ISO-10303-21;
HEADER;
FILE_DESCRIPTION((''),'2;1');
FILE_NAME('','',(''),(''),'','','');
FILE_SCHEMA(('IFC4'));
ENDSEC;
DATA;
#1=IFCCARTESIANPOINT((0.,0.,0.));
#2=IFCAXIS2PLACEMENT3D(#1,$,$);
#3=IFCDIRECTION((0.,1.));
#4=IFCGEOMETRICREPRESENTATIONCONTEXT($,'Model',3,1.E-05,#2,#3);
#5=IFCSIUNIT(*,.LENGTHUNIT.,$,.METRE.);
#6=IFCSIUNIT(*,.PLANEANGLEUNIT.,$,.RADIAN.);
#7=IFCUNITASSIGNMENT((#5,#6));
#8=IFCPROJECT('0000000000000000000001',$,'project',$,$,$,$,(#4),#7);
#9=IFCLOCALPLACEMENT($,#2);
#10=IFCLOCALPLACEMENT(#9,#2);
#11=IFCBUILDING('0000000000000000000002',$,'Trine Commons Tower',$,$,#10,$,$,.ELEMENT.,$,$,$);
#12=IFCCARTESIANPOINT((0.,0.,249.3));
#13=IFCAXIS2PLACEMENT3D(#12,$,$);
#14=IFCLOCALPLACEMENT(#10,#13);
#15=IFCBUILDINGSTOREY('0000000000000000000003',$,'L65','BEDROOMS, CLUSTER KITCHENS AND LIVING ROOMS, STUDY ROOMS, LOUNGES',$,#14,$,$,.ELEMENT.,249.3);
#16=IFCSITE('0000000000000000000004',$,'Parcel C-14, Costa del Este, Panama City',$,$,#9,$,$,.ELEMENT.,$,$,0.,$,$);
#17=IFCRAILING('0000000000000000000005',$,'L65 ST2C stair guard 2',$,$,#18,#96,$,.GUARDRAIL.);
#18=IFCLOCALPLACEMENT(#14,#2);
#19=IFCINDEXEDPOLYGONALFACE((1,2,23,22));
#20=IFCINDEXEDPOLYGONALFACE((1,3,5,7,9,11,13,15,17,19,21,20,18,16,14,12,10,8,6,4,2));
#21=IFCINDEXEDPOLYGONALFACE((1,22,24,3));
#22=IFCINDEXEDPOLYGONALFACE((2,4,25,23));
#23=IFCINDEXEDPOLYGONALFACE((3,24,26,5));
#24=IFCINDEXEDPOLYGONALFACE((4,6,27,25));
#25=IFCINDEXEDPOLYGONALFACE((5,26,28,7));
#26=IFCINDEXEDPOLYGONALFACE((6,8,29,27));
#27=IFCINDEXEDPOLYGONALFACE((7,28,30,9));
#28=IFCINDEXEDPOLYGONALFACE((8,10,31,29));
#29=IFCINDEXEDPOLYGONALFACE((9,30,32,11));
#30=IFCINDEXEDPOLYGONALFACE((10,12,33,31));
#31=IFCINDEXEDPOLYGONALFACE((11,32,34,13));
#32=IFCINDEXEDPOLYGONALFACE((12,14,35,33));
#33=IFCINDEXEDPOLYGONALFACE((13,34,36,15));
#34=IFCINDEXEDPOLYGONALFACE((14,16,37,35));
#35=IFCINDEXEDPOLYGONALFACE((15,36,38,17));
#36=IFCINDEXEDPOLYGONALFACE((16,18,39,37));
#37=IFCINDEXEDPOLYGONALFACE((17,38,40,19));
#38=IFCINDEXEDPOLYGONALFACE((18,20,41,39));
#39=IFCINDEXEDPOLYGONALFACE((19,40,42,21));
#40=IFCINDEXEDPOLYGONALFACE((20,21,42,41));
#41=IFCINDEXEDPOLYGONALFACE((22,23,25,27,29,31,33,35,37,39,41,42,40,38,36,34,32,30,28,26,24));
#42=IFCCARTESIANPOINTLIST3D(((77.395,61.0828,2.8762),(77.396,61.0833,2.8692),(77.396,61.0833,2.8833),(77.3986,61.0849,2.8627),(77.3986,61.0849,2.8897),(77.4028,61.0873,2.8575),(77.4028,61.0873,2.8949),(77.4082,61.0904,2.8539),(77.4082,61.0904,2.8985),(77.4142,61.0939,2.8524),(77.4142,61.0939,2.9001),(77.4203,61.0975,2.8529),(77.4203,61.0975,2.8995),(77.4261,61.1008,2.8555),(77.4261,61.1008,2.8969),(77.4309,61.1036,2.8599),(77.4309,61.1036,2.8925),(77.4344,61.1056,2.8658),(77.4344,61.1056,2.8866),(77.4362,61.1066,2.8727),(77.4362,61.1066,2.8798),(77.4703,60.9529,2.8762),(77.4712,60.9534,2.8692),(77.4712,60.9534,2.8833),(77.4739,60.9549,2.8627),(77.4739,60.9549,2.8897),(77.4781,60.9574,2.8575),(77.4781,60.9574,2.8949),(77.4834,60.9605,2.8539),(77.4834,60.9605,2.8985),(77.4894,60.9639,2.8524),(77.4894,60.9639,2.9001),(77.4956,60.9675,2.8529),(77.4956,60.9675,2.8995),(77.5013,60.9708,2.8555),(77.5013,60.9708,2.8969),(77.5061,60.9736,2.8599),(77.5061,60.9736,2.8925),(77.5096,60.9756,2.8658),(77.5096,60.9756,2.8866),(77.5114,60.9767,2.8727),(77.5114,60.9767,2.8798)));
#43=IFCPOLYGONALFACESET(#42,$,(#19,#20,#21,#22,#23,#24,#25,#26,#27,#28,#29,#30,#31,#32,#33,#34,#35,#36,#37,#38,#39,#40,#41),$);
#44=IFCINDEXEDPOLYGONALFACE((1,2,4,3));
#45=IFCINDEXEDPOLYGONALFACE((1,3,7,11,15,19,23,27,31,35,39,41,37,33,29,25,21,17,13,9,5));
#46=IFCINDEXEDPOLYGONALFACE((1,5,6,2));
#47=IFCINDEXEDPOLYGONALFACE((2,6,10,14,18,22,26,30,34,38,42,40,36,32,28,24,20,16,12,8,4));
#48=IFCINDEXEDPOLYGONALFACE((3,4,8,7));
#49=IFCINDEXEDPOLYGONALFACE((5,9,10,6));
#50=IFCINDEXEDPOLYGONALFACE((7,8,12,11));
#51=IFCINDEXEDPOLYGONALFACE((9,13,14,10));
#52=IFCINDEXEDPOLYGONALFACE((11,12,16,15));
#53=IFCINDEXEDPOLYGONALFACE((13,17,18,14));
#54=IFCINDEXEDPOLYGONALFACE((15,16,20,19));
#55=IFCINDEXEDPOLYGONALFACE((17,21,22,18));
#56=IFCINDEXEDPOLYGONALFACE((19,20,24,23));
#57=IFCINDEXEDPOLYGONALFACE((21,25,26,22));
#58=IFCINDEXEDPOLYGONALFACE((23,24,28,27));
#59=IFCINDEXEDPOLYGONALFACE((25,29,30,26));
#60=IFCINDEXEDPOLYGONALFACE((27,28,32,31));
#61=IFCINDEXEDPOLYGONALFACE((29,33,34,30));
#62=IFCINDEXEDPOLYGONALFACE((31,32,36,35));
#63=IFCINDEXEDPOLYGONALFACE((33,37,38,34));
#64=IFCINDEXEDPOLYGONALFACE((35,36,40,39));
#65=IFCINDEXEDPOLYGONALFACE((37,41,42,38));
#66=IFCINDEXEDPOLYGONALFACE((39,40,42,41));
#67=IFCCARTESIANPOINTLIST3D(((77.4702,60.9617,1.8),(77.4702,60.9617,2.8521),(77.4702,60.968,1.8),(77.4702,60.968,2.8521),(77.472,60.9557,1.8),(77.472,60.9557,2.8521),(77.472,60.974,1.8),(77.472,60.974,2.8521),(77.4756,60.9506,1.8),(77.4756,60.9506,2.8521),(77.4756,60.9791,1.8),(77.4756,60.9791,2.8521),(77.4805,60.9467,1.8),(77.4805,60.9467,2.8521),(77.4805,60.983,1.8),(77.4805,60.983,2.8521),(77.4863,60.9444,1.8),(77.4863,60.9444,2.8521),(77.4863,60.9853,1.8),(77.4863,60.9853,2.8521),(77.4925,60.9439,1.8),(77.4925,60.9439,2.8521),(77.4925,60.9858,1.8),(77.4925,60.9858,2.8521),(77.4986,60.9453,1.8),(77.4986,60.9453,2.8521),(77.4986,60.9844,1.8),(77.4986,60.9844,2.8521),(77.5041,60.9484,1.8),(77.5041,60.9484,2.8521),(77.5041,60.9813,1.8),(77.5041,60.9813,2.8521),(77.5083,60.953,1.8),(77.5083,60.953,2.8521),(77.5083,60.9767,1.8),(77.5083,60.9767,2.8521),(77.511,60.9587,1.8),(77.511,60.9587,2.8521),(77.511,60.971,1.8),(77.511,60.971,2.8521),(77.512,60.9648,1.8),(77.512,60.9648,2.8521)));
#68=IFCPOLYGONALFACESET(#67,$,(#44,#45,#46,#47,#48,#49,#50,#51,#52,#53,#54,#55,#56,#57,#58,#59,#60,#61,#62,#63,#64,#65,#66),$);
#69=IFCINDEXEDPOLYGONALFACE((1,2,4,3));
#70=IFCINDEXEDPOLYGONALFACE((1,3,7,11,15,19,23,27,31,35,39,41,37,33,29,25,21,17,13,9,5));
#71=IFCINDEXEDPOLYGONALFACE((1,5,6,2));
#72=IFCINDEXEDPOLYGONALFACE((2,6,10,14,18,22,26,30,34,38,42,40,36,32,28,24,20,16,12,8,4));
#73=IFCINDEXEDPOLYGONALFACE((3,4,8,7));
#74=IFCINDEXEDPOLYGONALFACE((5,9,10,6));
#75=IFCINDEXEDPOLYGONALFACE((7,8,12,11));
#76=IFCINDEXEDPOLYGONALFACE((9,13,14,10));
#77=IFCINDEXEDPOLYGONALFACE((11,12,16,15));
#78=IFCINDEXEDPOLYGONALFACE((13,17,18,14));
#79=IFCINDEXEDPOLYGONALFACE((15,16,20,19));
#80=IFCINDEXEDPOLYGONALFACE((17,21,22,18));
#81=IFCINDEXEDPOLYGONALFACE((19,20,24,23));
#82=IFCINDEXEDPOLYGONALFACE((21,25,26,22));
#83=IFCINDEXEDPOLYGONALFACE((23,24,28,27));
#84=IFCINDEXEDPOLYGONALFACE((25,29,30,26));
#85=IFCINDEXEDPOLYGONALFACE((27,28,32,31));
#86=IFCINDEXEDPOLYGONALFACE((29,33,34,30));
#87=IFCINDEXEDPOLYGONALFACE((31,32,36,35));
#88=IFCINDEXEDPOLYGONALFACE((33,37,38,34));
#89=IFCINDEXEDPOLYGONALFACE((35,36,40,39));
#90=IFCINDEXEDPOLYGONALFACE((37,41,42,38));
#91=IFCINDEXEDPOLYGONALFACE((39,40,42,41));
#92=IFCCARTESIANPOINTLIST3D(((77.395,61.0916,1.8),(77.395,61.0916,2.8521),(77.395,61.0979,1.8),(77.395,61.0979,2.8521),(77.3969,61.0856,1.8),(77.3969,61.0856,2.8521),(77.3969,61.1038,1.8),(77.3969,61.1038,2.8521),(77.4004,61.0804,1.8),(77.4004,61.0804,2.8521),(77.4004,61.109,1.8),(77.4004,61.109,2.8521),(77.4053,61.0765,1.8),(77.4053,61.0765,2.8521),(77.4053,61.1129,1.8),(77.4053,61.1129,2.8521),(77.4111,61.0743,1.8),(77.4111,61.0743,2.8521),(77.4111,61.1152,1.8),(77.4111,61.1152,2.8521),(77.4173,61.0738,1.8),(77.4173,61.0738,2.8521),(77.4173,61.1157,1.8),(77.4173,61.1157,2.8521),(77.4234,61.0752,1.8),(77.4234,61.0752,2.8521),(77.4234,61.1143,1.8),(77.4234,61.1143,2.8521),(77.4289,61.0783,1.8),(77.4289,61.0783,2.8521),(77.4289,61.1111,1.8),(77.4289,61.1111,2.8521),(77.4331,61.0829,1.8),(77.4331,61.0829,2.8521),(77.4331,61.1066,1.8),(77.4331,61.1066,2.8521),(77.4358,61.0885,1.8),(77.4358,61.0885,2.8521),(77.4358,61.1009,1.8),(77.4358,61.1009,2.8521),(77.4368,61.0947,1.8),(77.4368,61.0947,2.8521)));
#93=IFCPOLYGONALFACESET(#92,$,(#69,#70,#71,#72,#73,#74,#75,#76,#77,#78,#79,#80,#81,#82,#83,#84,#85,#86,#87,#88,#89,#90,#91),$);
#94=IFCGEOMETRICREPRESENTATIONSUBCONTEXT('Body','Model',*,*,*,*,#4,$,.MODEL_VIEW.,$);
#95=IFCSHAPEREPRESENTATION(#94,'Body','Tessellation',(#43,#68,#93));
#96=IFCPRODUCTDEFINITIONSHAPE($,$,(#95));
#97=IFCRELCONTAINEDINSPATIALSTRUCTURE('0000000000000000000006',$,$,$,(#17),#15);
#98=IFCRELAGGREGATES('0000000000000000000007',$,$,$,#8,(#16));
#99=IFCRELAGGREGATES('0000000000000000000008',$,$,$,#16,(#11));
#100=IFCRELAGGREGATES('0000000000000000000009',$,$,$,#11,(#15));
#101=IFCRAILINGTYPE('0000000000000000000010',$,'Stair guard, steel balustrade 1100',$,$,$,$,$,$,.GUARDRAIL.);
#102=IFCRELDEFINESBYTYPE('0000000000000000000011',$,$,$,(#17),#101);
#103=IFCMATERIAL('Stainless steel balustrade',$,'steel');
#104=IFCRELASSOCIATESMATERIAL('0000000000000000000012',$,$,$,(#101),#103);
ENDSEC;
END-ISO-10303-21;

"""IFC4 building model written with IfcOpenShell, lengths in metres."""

from ifc_helpers import new_model, si_unit, direction, frame, origin, origin_2d, place, context, subcontext, project, spatial, circle, extrude, material, type_object, element, save


model = new_model("IFC4")

# Units and contexts
model_context = context("Model", 3, precision=1e-05, world=origin(), true_north=direction((0.0, 1.0)))
body_context = subcontext(model_context, "Body", "Model", "MODEL_VIEW")
ifc_project = project(units=[si_unit("LENGTHUNIT", "METRE"), si_unit("PLANEANGLEUNIT", "RADIAN")], contexts=[model_context])

# Site, building, storey
site_placement = place(None, origin())
site = spatial("IfcSite", under=ifc_project, at=site_placement, Name="Parcel C-14, Costa del Este, Panama City", CompositionType="ELEMENT", RefElevation=0.0)
building_placement = place(site_placement, origin())
building = spatial("IfcBuilding", under=site, at=building_placement, Name="Trine Commons Tower", CompositionType="ELEMENT")
storey_placement = place(building_placement, frame((0.0, 0.0, 249.3)))
storey = spatial("IfcBuildingStorey", under=building, at=storey_placement, Name="L65", Description="BEDROOMS, CLUSTER KITCHENS AND LIVING ROOMS, STUDY ROOMS, LOUNGES", CompositionType="ELEMENT", Elevation=249.3)

# Railing
ifc_material_1 = material(Name="Stainless steel balustrade", Category="steel")
railing_type_1 = type_object("IfcRailingType", Name="Stair guard, steel balustrade 1100", PredefinedType="GUARDRAIL", material=ifc_material_1)
railing_1_placement = place(storey_placement, frame((77.491, 60.9648, 1.8)))
element("IfcRailing", 1, at=railing_1_placement, inside=storey, type_object=railing_type_1, Name="L65 ST2C stair guard 2", PredefinedType="GUARDRAIL", context=body_context, shape_type="SweptSolid", body=[
    extrude(circle(Radius=0.0239, at=origin_2d()), frame((0.0, 0.0, 1.0762), z_axis=(-0.501036, 0.865426, 0.0), x_axis=(-0.865426, -0.501036, 0.0)), (0.0, 0.0, 1.0), 0.1501),
    extrude(circle(Radius=0.021, at=origin_2d()), origin(), (0.0, 0.0, 1.0), 1.052),
    extrude(circle(Radius=0.021, at=origin_2d()), frame((-0.0752, 0.1299, 0.0)), (0.0, 0.0, 1.0), 1.052),
])

save(model, "model.ifc")
